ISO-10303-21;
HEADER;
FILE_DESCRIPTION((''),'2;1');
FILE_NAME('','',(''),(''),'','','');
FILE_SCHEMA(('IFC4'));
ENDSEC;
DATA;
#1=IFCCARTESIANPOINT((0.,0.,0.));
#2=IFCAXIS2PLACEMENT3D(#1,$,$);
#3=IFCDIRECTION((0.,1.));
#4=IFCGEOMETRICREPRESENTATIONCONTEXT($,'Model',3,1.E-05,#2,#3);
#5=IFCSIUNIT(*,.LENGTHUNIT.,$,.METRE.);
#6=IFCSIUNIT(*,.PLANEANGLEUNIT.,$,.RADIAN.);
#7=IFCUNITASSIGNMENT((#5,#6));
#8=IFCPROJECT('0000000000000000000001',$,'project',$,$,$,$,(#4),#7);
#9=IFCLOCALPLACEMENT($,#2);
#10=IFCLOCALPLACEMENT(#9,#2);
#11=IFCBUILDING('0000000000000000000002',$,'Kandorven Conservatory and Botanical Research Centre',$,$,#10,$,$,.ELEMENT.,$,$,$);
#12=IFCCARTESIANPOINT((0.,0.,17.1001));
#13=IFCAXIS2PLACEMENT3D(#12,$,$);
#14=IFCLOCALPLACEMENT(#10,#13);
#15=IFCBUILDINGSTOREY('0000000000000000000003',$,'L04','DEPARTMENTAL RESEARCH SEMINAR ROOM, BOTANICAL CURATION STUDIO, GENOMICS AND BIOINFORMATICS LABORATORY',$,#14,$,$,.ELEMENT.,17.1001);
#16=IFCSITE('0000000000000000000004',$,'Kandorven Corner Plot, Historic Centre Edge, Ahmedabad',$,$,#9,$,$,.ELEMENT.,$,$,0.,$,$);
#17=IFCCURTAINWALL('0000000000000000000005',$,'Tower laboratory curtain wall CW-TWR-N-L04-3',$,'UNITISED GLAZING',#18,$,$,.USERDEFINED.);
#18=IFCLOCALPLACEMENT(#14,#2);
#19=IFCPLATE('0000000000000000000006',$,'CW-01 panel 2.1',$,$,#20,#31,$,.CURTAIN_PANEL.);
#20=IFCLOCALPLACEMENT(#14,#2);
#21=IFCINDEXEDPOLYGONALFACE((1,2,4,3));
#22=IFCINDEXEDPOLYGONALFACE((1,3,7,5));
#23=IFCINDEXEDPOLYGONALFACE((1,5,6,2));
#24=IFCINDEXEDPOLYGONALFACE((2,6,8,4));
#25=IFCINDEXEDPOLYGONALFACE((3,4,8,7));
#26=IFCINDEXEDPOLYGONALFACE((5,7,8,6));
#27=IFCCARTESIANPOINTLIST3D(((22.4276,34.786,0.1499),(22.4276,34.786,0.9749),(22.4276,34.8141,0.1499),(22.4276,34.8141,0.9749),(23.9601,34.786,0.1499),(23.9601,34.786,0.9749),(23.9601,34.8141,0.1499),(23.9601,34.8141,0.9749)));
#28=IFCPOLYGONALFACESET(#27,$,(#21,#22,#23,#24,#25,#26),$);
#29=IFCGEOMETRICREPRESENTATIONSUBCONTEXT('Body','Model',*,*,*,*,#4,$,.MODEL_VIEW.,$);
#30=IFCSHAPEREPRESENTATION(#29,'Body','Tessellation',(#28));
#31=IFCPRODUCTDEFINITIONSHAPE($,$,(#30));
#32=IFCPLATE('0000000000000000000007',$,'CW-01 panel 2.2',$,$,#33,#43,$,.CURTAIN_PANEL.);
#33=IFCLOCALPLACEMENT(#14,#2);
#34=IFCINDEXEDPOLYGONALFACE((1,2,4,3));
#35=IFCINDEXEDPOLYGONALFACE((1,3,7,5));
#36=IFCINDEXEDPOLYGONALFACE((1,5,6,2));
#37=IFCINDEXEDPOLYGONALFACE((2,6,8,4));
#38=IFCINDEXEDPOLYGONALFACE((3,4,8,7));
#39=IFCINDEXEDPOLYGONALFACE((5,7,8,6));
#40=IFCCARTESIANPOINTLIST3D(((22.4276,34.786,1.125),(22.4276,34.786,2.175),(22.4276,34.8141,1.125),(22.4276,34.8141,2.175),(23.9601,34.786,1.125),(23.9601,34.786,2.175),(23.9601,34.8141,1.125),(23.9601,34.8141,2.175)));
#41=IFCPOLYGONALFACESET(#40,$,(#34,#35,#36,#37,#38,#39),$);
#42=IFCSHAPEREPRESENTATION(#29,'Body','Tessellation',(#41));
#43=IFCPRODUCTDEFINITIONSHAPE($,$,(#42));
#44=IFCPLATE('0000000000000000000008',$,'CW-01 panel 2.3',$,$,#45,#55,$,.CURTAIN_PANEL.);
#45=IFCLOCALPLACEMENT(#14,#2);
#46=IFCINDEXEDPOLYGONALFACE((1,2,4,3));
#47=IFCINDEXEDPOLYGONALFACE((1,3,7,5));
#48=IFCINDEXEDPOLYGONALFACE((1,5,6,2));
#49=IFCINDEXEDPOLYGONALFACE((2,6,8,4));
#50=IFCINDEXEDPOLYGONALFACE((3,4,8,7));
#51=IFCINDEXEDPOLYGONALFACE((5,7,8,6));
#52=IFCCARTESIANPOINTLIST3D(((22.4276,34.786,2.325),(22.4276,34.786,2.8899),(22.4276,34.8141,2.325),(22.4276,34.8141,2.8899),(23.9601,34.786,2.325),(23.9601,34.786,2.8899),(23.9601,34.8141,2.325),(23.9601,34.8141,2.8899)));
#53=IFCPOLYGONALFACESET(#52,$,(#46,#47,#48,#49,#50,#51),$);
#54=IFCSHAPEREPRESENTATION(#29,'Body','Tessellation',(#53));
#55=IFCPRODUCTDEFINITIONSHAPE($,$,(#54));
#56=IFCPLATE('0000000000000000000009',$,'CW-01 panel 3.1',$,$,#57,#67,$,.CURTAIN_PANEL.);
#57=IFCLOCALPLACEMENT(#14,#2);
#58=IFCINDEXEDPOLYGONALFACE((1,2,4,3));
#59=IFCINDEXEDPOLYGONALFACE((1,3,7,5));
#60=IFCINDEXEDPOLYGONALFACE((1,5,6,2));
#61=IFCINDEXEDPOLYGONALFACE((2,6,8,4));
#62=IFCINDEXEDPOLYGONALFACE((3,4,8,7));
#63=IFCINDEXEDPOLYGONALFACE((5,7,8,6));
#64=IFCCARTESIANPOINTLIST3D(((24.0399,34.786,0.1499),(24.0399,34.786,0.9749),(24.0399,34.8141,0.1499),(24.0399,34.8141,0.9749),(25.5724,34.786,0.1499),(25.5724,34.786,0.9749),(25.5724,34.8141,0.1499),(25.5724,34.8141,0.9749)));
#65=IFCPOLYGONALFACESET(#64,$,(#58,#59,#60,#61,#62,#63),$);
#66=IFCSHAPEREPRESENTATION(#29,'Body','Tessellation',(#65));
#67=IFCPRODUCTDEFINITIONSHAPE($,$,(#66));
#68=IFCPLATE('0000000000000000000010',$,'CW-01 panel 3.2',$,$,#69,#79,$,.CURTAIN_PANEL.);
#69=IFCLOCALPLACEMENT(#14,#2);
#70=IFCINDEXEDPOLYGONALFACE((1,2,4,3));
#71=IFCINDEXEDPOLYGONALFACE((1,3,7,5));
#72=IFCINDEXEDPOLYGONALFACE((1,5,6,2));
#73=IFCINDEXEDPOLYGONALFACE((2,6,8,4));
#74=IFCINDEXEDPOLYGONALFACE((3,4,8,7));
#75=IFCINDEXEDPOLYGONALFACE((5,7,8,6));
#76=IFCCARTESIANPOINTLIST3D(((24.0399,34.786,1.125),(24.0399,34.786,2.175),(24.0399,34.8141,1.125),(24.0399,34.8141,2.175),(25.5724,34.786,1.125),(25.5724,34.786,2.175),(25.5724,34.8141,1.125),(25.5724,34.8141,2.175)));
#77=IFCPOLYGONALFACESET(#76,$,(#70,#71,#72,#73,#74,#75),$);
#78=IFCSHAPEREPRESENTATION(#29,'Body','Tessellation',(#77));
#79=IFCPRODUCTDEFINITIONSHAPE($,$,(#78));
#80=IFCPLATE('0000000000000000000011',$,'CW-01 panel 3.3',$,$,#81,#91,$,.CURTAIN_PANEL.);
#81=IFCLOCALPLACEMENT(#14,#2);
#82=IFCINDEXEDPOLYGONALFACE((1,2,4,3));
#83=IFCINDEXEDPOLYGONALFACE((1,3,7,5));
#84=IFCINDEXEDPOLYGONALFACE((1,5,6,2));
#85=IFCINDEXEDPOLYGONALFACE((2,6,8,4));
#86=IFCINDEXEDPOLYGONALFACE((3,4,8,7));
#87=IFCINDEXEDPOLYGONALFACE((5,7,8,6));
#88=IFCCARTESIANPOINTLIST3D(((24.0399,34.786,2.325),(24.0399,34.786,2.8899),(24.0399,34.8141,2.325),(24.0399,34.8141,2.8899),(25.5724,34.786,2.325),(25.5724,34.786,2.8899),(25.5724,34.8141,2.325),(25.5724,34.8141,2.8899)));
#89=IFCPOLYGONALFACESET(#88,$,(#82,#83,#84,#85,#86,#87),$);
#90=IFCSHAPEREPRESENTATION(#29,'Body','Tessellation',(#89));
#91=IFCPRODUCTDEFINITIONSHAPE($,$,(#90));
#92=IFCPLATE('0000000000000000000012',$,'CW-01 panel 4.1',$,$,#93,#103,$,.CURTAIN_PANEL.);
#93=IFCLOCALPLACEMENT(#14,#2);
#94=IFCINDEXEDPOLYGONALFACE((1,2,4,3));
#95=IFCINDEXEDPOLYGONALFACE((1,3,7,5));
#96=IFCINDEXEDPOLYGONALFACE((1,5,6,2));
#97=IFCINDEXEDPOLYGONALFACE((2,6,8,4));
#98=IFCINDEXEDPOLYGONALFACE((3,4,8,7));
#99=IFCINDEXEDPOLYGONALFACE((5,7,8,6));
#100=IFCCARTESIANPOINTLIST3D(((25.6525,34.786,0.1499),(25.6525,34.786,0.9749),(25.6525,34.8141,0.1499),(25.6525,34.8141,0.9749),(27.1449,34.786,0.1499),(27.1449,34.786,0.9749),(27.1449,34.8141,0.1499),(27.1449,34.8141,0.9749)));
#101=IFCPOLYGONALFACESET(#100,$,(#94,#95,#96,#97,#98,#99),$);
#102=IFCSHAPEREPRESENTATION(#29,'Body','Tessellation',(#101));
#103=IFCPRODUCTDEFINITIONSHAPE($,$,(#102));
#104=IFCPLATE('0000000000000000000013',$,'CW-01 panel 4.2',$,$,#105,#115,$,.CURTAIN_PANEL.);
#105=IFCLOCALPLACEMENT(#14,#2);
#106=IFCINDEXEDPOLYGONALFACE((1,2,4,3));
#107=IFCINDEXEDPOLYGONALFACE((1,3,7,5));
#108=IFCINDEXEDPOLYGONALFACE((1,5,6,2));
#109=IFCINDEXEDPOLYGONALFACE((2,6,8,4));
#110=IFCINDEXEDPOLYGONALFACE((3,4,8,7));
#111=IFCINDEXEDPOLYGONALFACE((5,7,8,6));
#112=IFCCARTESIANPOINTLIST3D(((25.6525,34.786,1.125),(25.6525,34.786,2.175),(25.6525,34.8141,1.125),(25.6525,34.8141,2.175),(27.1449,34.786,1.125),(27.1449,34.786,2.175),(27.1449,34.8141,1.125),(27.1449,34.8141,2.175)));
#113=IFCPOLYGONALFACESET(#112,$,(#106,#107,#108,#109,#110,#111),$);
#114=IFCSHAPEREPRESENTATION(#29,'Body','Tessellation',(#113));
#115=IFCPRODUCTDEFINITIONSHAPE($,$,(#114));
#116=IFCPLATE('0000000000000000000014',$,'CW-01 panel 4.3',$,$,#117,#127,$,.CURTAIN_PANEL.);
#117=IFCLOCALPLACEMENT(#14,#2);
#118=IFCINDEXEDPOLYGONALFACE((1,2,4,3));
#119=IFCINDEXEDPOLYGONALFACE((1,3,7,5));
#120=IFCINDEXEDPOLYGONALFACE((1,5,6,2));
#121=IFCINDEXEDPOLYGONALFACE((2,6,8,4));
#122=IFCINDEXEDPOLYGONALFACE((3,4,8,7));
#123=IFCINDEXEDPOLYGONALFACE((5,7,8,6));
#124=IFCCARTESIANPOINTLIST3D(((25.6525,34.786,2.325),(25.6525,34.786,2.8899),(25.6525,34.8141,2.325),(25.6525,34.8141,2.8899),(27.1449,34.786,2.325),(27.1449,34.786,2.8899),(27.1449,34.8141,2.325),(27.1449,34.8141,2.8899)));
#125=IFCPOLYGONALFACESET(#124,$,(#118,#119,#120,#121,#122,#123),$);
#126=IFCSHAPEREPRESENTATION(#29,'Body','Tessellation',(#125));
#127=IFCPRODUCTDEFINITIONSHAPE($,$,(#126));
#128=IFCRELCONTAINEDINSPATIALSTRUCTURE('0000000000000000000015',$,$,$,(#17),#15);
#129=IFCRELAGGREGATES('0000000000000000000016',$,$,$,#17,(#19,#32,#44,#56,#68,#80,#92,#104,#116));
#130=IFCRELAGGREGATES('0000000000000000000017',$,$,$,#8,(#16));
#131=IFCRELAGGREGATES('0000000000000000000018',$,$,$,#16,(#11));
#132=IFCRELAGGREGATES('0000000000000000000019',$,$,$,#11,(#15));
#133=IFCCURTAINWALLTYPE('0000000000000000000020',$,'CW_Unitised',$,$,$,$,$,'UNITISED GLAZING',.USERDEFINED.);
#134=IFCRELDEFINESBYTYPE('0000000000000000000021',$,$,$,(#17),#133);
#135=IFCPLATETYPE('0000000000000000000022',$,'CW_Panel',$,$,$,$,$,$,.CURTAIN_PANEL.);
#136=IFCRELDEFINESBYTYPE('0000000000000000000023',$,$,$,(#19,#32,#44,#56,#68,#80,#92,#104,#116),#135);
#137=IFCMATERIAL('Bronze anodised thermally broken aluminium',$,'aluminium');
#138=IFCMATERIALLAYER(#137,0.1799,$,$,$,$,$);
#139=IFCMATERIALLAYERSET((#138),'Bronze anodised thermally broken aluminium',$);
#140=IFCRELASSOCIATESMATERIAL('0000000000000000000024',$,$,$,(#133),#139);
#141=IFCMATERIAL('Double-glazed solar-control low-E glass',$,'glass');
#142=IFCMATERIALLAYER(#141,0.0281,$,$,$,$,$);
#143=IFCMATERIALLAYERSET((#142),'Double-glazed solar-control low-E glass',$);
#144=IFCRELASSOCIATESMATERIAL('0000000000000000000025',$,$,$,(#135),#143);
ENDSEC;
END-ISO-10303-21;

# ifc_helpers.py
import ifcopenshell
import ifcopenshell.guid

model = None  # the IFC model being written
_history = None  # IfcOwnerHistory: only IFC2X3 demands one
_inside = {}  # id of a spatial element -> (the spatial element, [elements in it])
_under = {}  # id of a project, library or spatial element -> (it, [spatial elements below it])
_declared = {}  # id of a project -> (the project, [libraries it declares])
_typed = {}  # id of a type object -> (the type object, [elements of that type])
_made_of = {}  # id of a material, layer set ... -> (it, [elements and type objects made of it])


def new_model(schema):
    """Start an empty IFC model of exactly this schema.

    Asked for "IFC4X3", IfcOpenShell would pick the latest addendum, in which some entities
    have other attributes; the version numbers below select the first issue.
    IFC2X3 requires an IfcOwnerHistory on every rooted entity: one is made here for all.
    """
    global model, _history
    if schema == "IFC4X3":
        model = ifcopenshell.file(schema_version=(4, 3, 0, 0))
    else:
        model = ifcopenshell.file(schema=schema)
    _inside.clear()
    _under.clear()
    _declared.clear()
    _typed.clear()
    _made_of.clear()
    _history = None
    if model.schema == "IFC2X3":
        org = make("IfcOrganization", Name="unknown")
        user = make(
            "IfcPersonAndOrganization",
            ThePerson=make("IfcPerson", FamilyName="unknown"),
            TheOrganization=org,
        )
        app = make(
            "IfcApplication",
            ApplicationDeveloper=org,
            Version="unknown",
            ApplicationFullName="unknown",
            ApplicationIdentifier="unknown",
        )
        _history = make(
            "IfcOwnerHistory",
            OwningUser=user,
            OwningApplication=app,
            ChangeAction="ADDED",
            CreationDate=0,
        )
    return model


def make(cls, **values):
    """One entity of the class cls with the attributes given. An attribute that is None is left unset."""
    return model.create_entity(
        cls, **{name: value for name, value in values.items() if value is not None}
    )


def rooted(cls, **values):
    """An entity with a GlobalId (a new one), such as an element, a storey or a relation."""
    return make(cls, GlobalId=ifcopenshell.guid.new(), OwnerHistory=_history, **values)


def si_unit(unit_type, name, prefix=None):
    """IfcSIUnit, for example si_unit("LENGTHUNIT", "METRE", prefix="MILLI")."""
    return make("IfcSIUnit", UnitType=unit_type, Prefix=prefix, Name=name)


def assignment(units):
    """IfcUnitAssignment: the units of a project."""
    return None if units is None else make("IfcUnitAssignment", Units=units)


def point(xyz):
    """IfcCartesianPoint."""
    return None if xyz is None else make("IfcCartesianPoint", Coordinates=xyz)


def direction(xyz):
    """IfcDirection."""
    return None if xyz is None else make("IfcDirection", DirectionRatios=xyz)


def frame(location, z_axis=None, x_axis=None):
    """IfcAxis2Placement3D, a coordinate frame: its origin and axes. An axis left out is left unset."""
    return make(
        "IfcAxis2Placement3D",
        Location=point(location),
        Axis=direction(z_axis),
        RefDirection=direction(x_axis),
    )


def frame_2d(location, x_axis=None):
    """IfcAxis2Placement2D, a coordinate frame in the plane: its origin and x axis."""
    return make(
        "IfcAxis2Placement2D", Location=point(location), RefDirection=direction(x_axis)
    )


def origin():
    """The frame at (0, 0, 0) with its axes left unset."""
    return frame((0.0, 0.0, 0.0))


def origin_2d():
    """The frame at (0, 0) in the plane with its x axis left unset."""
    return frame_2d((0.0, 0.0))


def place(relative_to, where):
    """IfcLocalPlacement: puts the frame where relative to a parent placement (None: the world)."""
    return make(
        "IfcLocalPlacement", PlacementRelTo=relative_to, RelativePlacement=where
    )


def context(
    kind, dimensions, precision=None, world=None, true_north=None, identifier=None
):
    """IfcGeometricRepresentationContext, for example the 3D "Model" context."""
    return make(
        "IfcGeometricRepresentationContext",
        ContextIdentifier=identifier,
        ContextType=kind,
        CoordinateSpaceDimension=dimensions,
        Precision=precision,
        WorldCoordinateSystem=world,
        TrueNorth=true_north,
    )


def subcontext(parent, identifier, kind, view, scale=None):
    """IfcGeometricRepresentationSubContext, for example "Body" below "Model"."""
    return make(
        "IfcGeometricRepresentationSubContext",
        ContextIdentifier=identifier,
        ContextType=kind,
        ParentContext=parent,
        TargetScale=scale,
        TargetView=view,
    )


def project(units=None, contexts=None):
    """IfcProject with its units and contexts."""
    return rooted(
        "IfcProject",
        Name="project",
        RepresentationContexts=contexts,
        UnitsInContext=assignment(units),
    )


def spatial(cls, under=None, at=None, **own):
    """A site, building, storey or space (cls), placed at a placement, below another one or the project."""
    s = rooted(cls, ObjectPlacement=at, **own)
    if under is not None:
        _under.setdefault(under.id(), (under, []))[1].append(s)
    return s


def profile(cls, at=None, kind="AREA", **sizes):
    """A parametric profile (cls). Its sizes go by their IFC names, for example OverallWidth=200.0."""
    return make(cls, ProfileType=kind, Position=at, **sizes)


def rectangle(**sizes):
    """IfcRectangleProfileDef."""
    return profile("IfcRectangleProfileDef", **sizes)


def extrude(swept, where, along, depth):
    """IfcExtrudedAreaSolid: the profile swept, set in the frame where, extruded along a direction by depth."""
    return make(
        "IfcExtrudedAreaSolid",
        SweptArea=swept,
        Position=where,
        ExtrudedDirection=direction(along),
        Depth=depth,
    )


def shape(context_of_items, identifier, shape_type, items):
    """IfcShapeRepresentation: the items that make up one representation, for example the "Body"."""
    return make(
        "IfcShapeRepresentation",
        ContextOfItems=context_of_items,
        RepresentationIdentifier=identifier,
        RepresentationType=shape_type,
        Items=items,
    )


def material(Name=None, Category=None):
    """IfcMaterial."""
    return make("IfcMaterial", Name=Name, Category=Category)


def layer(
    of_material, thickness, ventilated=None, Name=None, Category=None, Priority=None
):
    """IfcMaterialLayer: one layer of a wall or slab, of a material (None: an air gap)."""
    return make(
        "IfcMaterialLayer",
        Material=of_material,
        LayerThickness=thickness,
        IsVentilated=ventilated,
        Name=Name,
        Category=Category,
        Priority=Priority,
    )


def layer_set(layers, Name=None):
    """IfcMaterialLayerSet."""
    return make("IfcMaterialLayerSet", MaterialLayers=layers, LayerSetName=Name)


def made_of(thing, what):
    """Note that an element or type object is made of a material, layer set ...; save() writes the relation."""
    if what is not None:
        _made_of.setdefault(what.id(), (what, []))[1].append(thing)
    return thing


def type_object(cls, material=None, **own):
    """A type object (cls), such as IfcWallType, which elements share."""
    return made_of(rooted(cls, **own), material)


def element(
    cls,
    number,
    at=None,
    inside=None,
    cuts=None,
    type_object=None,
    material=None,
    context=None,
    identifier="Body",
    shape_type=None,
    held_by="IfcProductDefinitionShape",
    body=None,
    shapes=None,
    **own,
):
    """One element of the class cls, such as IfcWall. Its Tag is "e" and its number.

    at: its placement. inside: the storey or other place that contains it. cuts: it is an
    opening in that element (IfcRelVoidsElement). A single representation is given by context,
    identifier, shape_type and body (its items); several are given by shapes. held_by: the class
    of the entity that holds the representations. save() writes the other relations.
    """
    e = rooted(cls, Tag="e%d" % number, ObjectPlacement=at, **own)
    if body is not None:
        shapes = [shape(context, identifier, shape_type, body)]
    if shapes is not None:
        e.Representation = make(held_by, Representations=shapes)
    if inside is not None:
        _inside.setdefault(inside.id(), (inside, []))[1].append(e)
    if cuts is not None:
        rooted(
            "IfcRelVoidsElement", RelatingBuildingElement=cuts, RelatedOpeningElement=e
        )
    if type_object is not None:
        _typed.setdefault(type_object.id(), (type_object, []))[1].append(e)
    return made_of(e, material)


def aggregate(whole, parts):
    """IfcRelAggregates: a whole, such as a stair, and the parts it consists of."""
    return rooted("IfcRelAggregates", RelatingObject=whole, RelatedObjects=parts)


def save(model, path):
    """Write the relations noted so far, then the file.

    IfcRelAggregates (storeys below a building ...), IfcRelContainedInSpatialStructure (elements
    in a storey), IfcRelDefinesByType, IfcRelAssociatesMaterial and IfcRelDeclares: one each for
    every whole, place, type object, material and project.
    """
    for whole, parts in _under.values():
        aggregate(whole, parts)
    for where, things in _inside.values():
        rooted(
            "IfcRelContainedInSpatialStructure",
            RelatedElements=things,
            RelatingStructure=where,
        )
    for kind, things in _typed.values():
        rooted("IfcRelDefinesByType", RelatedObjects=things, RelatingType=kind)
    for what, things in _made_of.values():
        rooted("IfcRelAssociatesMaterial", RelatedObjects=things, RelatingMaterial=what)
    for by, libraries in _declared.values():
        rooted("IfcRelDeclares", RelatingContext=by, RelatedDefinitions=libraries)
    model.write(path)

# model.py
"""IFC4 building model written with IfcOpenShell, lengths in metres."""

from ifc_helpers import new_model, si_unit, direction, frame, origin, origin_2d, place, context, subcontext, project, spatial, rectangle, extrude, material, layer, layer_set, type_object, element, aggregate, save


model = new_model("IFC4")

# Units and contexts
model_context = context("Model", 3, precision=1e-05, world=origin(), true_north=direction((0.0, 1.0)))
body_context = subcontext(model_context, "Body", "Model", "MODEL_VIEW")
ifc_project = project(units=[si_unit("LENGTHUNIT", "METRE"), si_unit("PLANEANGLEUNIT", "RADIAN")], contexts=[model_context])

# Site, building, storey
site_placement = place(None, origin())
site = spatial("IfcSite", under=ifc_project, at=site_placement, Name="Kandorven Corner Plot, Historic Centre Edge, Ahmedabad", CompositionType="ELEMENT", RefElevation=0.0)
building_placement = place(site_placement, origin())
building = spatial("IfcBuilding", under=site, at=building_placement, Name="Kandorven Conservatory and Botanical Research Centre", CompositionType="ELEMENT")
storey_placement = place(building_placement, frame((0.0, 0.0, 17.1001)))
storey = spatial("IfcBuildingStorey", under=building, at=storey_placement, Name="L04", Description="DEPARTMENTAL RESEARCH SEMINAR ROOM, BOTANICAL CURATION STUDIO, GENOMICS AND BIOINFORMATICS LABORATORY", CompositionType="ELEMENT", Elevation=17.1001)

# Curtain wall, plates
ifc_material_1 = material(Name="Bronze anodised thermally broken aluminium", Category="aluminium")
ifc_layer_1 = layer(ifc_material_1, 0.1799)
ifc_layer_set_1 = layer_set([ifc_layer_1], Name="Bronze anodised thermally broken aluminium")
curtain_wall_type = type_object("IfcCurtainWallType", Name="CW_Unitised", ElementType="UNITISED GLAZING", PredefinedType="USERDEFINED", material=ifc_layer_set_1)
curtain_wall_placement = place(storey_placement, origin())
curtain_wall = element("IfcCurtainWall", 1, at=curtain_wall_placement, inside=storey, type_object=curtain_wall_type, Name="Tower laboratory curtain wall CW-TWR-N-L04-3", ObjectType="UNITISED GLAZING", PredefinedType="USERDEFINED")
ifc_material_2 = material(Name="Double-glazed solar-control low-E glass", Category="glass")
ifc_layer_2 = layer(ifc_material_2, 0.0281)
ifc_layer_set_2 = layer_set([ifc_layer_2], Name="Double-glazed solar-control low-E glass")
plate_type = type_object("IfcPlateType", Name="CW_Panel", PredefinedType="CURTAIN_PANEL", material=ifc_layer_set_2)
plate_1_placement = place(storey_placement, frame((23.1938, 34.8, 0.1499), z_axis=(0.0, 0.0, 1.0), x_axis=(1.0, 0.0, 0.0)))
plate_1 = element("IfcPlate", 2, at=plate_1_placement, type_object=plate_type, Name="CW-01 panel 2.1", PredefinedType="CURTAIN_PANEL", context=body_context, shape_type="SweptSolid", body=[
    extrude(rectangle(XDim=1.5325, YDim=0.0281, at=origin_2d()), origin(), (0.0, 0.0, 1.0), 0.825),
])
plate_2_placement = place(storey_placement, frame((23.1938, 34.8, 1.125), z_axis=(0.0, 0.0, 1.0), x_axis=(1.0, 0.0, 0.0)))
plate_2 = element("IfcPlate", 3, at=plate_2_placement, type_object=plate_type, Name="CW-01 panel 2.2", PredefinedType="CURTAIN_PANEL", context=body_context, shape_type="SweptSolid", body=[
    extrude(rectangle(XDim=1.5325, YDim=0.0281, at=origin_2d()), origin(), (0.0, 0.0, 1.0), 1.05),
])
plate_3_placement = place(storey_placement, frame((23.1938, 34.8, 2.325), z_axis=(0.0, 0.0, 1.0), x_axis=(1.0, 0.0, 0.0)))
plate_3 = element("IfcPlate", 4, at=plate_3_placement, type_object=plate_type, Name="CW-01 panel 2.3", PredefinedType="CURTAIN_PANEL", context=body_context, shape_type="SweptSolid", body=[
    extrude(rectangle(XDim=1.5325, YDim=0.0281, at=origin_2d()), origin(), (0.0, 0.0, 1.0), 0.5649),
])
plate_4_placement = place(storey_placement, frame((24.8062, 34.8, 0.1499), z_axis=(0.0, 0.0, 1.0), x_axis=(1.0, 0.0, 0.0)))
plate_4 = element("IfcPlate", 5, at=plate_4_placement, type_object=plate_type, Name="CW-01 panel 3.1", PredefinedType="CURTAIN_PANEL", context=body_context, shape_type="SweptSolid", body=[
    extrude(rectangle(XDim=1.5325, YDim=0.0281, at=origin_2d()), origin(), (0.0, 0.0, 1.0), 0.825),
])
plate_5_placement = place(storey_placement, frame((24.8062, 34.8, 1.125), z_axis=(0.0, 0.0, 1.0), x_axis=(1.0, 0.0, 0.0)))
plate_5 = element("IfcPlate", 6, at=plate_5_placement, type_object=plate_type, Name="CW-01 panel 3.2", PredefinedType="CURTAIN_PANEL", context=body_context, shape_type="SweptSolid", body=[
    extrude(rectangle(XDim=1.5325, YDim=0.0281, at=origin_2d()), origin(), (0.0, 0.0, 1.0), 1.05),
])
plate_6_placement = place(storey_placement, frame((24.8062, 34.8, 2.325), z_axis=(0.0, 0.0, 1.0), x_axis=(1.0, 0.0, 0.0)))
plate_6 = element("IfcPlate", 7, at=plate_6_placement, type_object=plate_type, Name="CW-01 panel 3.3", PredefinedType="CURTAIN_PANEL", context=body_context, shape_type="SweptSolid", body=[
    extrude(rectangle(XDim=1.5325, YDim=0.0281, at=origin_2d()), origin(), (0.0, 0.0, 1.0), 0.5649),
])
plate_7_placement = place(storey_placement, frame((26.3987, 34.8, 0.1499), z_axis=(0.0, 0.0, 1.0), x_axis=(1.0, 0.0, 0.0)))
plate_7 = element("IfcPlate", 8, at=plate_7_placement, type_object=plate_type, Name="CW-01 panel 4.1", PredefinedType="CURTAIN_PANEL", context=body_context, shape_type="SweptSolid", body=[
    extrude(rectangle(XDim=1.4924, YDim=0.0281, at=origin_2d()), origin(), (0.0, 0.0, 1.0), 0.825),
])
plate_8_placement = place(storey_placement, frame((26.3987, 34.8, 1.125), z_axis=(0.0, 0.0, 1.0), x_axis=(1.0, 0.0, 0.0)))
plate_8 = element("IfcPlate", 9, at=plate_8_placement, type_object=plate_type, Name="CW-01 panel 4.2", PredefinedType="CURTAIN_PANEL", context=body_context, shape_type="SweptSolid", body=[
    extrude(rectangle(XDim=1.4924, YDim=0.0281, at=origin_2d()), origin(), (0.0, 0.0, 1.0), 1.05),
])
plate_9_placement = place(storey_placement, frame((26.3987, 34.8, 2.325), z_axis=(0.0, 0.0, 1.0), x_axis=(1.0, 0.0, 0.0)))
plate_9 = element("IfcPlate", 10, at=plate_9_placement, type_object=plate_type, Name="CW-01 panel 4.3", PredefinedType="CURTAIN_PANEL", context=body_context, shape_type="SweptSolid", body=[
    extrude(rectangle(XDim=1.4924, YDim=0.0281, at=origin_2d()), origin(), (0.0, 0.0, 1.0), 0.5649),
])
aggregate(curtain_wall, [plate_1, plate_2, plate_3, plate_4, plate_5, plate_6, plate_7, plate_8, plate_9])

save(model, "model.ifc")
